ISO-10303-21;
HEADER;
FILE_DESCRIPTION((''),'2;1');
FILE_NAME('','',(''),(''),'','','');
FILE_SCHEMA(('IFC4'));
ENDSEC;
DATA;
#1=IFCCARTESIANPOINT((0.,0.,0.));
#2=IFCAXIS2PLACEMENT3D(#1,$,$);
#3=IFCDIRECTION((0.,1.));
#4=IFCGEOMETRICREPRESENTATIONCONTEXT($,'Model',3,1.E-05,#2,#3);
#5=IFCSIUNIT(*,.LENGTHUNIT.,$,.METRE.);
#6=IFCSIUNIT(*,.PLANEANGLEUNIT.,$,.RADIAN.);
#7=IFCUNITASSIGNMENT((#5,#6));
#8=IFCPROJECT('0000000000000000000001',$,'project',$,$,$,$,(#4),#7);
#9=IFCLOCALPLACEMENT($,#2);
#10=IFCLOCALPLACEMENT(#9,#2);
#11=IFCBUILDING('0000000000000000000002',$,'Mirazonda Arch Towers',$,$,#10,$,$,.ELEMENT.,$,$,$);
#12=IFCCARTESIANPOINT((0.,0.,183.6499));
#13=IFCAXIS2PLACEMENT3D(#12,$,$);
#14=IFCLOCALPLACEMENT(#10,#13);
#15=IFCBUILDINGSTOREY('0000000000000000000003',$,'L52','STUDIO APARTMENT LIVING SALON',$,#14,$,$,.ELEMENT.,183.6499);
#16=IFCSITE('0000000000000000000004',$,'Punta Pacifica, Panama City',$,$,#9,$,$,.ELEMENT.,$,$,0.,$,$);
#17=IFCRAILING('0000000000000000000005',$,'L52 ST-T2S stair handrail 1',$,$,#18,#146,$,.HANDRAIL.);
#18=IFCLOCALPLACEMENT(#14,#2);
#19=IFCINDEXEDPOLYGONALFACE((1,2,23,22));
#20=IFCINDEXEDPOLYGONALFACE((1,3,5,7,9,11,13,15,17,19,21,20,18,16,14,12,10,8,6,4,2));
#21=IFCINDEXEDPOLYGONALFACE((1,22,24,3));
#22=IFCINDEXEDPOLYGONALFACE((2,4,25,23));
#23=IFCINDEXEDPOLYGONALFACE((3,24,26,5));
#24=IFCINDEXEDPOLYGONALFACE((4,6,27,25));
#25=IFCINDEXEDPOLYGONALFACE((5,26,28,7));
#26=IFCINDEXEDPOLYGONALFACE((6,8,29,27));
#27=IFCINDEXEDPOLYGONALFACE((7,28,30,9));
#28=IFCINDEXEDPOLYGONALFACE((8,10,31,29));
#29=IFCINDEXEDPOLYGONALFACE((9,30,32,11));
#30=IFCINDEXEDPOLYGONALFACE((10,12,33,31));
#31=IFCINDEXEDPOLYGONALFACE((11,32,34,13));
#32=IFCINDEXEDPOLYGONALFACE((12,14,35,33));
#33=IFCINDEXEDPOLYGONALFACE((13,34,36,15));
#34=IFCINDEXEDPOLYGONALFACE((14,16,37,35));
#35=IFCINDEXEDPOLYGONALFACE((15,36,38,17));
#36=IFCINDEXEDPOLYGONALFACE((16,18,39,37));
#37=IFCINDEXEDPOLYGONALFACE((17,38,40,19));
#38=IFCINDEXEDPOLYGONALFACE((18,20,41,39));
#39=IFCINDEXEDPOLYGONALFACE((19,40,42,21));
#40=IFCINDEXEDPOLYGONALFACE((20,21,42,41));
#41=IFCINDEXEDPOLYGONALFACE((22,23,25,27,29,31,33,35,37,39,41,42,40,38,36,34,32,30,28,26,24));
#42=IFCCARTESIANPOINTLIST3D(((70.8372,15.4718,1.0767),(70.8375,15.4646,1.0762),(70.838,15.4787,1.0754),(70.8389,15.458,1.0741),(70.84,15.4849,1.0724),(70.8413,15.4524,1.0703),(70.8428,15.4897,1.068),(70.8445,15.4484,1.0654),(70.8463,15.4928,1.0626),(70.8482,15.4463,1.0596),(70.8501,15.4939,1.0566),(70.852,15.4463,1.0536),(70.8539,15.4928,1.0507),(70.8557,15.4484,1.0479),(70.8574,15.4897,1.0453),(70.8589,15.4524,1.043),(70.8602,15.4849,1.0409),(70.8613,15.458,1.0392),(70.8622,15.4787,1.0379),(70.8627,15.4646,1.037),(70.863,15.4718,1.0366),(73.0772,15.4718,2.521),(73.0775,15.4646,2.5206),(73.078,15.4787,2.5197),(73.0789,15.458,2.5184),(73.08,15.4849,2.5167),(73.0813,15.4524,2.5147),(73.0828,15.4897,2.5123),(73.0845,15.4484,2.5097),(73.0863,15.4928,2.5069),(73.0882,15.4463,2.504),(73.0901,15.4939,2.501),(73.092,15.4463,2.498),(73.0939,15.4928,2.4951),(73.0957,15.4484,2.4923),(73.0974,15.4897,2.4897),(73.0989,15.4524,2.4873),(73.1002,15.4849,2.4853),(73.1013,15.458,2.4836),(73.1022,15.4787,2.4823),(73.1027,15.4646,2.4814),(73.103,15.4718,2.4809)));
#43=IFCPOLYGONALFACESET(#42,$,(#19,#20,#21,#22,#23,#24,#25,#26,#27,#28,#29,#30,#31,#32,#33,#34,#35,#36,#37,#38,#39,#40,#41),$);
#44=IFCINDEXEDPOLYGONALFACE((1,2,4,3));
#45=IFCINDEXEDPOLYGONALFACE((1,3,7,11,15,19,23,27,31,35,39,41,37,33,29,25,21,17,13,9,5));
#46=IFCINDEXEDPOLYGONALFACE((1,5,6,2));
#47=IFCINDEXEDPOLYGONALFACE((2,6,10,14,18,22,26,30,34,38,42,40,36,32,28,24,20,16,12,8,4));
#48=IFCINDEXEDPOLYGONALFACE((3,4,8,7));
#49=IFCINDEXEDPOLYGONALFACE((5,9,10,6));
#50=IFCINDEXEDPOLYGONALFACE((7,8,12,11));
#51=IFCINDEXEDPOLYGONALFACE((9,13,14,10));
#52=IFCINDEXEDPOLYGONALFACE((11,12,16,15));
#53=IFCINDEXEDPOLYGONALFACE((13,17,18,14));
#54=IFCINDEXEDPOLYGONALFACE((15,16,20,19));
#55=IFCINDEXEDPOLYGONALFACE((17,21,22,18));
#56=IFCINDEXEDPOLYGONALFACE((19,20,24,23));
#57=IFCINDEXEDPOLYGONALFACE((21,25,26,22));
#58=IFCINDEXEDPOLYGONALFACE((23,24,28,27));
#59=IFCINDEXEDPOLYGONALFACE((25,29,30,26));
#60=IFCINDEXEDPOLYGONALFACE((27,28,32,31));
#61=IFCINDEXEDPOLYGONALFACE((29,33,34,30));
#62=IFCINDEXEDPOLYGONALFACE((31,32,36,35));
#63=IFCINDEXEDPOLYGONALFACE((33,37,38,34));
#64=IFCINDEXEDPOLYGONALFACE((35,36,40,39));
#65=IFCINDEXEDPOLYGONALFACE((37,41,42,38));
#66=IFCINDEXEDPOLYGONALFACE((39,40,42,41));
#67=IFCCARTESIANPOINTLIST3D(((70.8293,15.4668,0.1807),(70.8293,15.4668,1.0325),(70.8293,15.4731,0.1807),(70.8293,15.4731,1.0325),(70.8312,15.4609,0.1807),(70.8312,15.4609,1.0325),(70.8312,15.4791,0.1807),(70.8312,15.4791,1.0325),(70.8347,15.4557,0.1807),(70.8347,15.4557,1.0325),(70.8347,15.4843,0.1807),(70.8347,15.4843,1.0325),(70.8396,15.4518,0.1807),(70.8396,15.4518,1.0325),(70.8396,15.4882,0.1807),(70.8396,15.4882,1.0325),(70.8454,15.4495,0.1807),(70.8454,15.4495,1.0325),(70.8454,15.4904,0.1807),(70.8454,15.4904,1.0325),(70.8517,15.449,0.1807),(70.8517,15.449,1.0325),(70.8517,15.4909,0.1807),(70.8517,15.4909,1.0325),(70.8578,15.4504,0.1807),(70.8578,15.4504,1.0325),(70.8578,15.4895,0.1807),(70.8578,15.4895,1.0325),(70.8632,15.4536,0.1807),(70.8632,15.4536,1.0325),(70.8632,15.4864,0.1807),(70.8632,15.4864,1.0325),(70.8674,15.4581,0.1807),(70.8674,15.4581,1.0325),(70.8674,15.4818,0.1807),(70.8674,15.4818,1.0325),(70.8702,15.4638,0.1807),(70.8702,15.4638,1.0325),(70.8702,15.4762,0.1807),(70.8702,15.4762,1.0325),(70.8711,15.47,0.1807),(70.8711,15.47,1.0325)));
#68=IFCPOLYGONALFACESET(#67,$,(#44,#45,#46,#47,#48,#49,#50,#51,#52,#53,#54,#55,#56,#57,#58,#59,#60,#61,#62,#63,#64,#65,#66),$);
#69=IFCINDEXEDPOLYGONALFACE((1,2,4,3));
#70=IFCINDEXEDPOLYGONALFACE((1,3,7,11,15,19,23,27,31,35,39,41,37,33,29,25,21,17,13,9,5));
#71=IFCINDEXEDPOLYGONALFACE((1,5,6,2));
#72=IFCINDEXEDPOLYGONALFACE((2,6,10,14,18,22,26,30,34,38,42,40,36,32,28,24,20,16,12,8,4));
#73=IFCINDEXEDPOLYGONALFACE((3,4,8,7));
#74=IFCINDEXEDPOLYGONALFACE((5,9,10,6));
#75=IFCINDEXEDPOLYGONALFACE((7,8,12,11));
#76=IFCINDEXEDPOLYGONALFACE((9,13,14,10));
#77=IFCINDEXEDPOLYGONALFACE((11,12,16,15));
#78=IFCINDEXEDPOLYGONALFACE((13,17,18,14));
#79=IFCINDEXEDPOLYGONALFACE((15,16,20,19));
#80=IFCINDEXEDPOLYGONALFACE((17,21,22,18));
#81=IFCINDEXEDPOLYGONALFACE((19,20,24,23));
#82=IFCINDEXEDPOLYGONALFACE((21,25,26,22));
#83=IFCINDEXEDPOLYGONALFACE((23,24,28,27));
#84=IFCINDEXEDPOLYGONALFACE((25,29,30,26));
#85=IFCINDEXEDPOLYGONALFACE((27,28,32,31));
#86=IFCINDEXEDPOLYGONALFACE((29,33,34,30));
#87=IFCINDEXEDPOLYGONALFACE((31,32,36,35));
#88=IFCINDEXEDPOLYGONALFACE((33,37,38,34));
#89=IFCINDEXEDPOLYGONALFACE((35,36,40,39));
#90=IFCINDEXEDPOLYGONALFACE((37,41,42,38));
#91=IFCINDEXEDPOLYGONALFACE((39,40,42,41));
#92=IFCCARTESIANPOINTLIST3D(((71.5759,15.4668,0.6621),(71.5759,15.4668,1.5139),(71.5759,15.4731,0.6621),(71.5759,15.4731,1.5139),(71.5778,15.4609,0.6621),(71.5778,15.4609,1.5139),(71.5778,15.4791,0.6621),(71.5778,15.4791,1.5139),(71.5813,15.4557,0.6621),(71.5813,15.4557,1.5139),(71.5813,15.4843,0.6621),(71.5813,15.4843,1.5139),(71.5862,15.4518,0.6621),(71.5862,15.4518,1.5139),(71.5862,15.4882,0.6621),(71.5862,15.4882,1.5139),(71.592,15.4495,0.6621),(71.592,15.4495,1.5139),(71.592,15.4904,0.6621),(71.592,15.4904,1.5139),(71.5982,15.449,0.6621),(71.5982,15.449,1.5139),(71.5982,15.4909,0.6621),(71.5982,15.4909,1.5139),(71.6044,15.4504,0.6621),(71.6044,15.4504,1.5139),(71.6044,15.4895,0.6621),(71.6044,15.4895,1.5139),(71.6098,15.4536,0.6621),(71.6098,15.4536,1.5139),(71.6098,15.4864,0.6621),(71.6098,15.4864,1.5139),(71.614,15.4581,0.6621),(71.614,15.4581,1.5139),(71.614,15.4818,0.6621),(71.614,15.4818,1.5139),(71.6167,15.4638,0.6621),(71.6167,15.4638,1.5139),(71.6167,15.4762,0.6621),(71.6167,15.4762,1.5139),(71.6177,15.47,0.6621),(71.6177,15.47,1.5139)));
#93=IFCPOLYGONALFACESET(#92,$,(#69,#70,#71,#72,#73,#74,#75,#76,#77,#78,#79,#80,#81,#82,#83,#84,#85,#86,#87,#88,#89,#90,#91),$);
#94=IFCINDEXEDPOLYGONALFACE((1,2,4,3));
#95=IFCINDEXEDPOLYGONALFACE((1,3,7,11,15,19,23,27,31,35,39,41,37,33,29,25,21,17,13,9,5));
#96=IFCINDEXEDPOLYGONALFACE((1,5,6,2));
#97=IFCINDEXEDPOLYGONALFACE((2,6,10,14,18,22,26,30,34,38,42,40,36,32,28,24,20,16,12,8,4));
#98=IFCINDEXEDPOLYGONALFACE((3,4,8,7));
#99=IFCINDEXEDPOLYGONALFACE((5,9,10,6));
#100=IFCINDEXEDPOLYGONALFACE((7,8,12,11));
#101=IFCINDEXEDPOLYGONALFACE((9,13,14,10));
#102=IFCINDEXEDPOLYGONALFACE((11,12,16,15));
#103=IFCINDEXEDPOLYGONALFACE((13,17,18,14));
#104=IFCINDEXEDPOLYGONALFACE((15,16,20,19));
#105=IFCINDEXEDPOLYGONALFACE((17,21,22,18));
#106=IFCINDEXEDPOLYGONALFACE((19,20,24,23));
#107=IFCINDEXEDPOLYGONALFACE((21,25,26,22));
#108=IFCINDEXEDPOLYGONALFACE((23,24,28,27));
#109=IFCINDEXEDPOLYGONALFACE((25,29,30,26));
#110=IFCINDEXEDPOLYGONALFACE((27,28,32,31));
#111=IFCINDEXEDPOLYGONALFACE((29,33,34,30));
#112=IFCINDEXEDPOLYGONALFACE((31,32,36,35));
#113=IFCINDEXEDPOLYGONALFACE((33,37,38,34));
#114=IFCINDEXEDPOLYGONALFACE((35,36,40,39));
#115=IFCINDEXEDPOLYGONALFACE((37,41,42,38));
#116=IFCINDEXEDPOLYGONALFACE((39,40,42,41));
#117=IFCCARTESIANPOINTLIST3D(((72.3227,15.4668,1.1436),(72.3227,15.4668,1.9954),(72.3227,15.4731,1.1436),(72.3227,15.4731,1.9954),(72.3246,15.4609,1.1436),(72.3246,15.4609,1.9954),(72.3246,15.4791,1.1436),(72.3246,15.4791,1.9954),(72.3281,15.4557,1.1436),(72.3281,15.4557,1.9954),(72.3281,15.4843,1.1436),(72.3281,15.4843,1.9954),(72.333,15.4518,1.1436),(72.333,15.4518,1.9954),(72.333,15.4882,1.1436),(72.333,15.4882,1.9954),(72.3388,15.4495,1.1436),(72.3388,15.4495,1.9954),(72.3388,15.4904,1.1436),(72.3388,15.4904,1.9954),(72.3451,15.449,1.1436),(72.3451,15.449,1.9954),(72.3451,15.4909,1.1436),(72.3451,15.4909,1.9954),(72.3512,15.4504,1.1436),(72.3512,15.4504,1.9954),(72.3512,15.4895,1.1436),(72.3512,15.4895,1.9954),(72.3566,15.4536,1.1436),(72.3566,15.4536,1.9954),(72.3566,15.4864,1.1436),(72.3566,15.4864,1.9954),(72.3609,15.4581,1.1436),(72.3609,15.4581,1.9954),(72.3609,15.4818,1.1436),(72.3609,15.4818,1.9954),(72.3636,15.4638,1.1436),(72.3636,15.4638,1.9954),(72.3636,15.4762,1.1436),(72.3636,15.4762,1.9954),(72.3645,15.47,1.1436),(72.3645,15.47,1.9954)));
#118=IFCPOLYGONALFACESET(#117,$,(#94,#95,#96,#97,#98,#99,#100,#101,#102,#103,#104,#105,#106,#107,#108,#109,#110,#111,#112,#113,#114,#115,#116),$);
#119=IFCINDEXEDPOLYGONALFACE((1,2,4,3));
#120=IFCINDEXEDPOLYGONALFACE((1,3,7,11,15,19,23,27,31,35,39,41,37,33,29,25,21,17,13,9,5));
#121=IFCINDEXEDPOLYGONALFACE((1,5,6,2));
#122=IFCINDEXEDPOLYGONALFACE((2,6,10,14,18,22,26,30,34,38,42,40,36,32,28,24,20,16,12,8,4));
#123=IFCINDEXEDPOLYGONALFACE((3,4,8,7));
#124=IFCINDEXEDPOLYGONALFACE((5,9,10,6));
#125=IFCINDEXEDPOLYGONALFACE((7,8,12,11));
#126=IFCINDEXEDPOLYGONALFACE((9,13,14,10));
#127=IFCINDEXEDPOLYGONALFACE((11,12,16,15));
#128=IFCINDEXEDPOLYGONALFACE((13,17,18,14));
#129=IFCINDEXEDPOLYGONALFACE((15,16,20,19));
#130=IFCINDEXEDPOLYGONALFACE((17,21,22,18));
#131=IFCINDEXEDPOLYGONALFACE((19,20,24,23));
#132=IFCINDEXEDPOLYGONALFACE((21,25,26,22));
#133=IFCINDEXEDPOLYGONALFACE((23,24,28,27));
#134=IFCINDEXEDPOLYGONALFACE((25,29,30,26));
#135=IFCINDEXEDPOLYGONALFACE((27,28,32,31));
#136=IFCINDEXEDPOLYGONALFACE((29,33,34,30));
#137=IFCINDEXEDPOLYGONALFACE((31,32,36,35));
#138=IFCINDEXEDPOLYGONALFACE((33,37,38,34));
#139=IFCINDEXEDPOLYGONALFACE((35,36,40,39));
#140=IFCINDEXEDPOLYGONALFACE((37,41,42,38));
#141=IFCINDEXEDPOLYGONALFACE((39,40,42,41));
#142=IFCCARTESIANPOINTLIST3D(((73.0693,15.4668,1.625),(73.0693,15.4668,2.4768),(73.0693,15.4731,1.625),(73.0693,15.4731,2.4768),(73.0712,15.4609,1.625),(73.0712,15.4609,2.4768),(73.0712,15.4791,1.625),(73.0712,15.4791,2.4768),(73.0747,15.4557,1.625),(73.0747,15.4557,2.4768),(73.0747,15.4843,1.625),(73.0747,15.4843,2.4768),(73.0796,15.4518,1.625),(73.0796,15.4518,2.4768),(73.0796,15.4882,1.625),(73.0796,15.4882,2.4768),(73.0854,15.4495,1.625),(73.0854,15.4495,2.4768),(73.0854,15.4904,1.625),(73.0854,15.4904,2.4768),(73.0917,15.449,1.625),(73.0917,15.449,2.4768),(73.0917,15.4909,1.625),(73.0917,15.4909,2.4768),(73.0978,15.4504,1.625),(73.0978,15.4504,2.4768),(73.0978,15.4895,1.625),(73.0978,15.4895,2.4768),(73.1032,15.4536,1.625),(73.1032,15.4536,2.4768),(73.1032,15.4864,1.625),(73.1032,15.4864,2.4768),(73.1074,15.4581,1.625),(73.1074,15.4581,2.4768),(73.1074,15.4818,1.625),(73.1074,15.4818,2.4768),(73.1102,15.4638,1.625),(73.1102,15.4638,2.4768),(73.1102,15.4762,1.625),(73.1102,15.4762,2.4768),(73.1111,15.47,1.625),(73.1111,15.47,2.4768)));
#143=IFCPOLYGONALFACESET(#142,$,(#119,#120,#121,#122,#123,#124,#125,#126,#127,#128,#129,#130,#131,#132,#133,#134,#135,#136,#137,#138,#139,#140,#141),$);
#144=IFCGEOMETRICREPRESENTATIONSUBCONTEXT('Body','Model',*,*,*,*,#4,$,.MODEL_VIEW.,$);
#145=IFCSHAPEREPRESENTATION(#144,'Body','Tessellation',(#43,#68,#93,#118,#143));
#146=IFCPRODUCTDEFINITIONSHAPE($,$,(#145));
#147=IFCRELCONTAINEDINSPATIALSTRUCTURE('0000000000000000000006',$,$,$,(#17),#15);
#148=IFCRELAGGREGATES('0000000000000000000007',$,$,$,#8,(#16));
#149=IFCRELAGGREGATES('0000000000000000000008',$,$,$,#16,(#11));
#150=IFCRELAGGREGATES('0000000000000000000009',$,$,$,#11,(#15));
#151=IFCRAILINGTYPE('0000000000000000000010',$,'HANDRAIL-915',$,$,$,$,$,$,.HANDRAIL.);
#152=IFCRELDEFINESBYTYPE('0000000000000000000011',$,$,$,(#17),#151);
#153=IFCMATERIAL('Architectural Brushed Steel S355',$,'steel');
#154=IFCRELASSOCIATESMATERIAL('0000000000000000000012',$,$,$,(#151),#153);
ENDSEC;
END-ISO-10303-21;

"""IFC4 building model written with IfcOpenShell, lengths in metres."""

from ifc_helpers import new_model, si_unit, direction, frame, origin, origin_2d, place, context, subcontext, project, spatial, circle, extrude, material, type_object, element, save


model = new_model("IFC4")

# Units and contexts
model_context = context("Model", 3, precision=1e-05, world=origin(), true_north=direction((0.0, 1.0)))
body_context = subcontext(model_context, "Body", "Model", "MODEL_VIEW")
ifc_project = project(units=[si_unit("LENGTHUNIT", "METRE"), si_unit("PLANEANGLEUNIT", "RADIAN")], contexts=[model_context])

# Site, building, storey
site_placement = place(None, origin())
site = spatial("IfcSite", under=ifc_project, at=site_placement, Name="Punta Pacifica, Panama City", CompositionType="ELEMENT", RefElevation=0.0)
building_placement = place(site_placement, origin())
building = spatial("IfcBuilding", under=site, at=building_placement, Name="Mirazonda Arch Towers", CompositionType="ELEMENT")
storey_placement = place(building_placement, frame((0.0, 0.0, 183.6499)))
storey = spatial("IfcBuildingStorey", under=building, at=storey_placement, Name="L52", Description="STUDIO APARTMENT LIVING SALON", CompositionType="ELEMENT", Elevation=183.6499)

# Shared definitions
ifc_material_1 = material(Name="Architectural Brushed Steel S355", Category="steel")

# Railing
railing_type_1 = type_object("IfcRailingType", Name="HANDRAIL-915", PredefinedType="HANDRAIL", material=ifc_material_1)
railing_1_placement = place(storey_placement, frame((70.8501, 15.47, 0.1807)))
element("IfcRailing", 1, at=railing_1_placement, inside=storey, type_object=railing_type_1, Name="L52 ST-T2S stair handrail 1", PredefinedType="HANDRAIL", context=body_context, shape_type="SweptSolid", body=[
    extrude(circle(Radius=0.0239, at=origin_2d()), frame((0.0, 0.0, 0.876), z_axis=(0.840437, 0.0, 0.54191), x_axis=(0.0, 1.0, 0.0)), (0.0, 0.0, 1.0), 2.6653),
    extrude(circle(Radius=0.021, at=origin_2d()), origin(), (0.0, 0.0, 1.0), 0.8518),
    extrude(circle(Radius=0.021, at=origin_2d()), frame((0.7466, 0.0, 0.4814)), (0.0, 0.0, 1.0), 0.8518),
    extrude(circle(Radius=0.021, at=origin_2d()), frame((1.4934, 0.0, 0.9629)), (0.0, 0.0, 1.0), 0.8518),
    extrude(circle(Radius=0.021, at=origin_2d()), frame((2.24, 0.0, 1.4443)), (0.0, 0.0, 1.0), 0.8518),
])

save(model, "model.ifc")
